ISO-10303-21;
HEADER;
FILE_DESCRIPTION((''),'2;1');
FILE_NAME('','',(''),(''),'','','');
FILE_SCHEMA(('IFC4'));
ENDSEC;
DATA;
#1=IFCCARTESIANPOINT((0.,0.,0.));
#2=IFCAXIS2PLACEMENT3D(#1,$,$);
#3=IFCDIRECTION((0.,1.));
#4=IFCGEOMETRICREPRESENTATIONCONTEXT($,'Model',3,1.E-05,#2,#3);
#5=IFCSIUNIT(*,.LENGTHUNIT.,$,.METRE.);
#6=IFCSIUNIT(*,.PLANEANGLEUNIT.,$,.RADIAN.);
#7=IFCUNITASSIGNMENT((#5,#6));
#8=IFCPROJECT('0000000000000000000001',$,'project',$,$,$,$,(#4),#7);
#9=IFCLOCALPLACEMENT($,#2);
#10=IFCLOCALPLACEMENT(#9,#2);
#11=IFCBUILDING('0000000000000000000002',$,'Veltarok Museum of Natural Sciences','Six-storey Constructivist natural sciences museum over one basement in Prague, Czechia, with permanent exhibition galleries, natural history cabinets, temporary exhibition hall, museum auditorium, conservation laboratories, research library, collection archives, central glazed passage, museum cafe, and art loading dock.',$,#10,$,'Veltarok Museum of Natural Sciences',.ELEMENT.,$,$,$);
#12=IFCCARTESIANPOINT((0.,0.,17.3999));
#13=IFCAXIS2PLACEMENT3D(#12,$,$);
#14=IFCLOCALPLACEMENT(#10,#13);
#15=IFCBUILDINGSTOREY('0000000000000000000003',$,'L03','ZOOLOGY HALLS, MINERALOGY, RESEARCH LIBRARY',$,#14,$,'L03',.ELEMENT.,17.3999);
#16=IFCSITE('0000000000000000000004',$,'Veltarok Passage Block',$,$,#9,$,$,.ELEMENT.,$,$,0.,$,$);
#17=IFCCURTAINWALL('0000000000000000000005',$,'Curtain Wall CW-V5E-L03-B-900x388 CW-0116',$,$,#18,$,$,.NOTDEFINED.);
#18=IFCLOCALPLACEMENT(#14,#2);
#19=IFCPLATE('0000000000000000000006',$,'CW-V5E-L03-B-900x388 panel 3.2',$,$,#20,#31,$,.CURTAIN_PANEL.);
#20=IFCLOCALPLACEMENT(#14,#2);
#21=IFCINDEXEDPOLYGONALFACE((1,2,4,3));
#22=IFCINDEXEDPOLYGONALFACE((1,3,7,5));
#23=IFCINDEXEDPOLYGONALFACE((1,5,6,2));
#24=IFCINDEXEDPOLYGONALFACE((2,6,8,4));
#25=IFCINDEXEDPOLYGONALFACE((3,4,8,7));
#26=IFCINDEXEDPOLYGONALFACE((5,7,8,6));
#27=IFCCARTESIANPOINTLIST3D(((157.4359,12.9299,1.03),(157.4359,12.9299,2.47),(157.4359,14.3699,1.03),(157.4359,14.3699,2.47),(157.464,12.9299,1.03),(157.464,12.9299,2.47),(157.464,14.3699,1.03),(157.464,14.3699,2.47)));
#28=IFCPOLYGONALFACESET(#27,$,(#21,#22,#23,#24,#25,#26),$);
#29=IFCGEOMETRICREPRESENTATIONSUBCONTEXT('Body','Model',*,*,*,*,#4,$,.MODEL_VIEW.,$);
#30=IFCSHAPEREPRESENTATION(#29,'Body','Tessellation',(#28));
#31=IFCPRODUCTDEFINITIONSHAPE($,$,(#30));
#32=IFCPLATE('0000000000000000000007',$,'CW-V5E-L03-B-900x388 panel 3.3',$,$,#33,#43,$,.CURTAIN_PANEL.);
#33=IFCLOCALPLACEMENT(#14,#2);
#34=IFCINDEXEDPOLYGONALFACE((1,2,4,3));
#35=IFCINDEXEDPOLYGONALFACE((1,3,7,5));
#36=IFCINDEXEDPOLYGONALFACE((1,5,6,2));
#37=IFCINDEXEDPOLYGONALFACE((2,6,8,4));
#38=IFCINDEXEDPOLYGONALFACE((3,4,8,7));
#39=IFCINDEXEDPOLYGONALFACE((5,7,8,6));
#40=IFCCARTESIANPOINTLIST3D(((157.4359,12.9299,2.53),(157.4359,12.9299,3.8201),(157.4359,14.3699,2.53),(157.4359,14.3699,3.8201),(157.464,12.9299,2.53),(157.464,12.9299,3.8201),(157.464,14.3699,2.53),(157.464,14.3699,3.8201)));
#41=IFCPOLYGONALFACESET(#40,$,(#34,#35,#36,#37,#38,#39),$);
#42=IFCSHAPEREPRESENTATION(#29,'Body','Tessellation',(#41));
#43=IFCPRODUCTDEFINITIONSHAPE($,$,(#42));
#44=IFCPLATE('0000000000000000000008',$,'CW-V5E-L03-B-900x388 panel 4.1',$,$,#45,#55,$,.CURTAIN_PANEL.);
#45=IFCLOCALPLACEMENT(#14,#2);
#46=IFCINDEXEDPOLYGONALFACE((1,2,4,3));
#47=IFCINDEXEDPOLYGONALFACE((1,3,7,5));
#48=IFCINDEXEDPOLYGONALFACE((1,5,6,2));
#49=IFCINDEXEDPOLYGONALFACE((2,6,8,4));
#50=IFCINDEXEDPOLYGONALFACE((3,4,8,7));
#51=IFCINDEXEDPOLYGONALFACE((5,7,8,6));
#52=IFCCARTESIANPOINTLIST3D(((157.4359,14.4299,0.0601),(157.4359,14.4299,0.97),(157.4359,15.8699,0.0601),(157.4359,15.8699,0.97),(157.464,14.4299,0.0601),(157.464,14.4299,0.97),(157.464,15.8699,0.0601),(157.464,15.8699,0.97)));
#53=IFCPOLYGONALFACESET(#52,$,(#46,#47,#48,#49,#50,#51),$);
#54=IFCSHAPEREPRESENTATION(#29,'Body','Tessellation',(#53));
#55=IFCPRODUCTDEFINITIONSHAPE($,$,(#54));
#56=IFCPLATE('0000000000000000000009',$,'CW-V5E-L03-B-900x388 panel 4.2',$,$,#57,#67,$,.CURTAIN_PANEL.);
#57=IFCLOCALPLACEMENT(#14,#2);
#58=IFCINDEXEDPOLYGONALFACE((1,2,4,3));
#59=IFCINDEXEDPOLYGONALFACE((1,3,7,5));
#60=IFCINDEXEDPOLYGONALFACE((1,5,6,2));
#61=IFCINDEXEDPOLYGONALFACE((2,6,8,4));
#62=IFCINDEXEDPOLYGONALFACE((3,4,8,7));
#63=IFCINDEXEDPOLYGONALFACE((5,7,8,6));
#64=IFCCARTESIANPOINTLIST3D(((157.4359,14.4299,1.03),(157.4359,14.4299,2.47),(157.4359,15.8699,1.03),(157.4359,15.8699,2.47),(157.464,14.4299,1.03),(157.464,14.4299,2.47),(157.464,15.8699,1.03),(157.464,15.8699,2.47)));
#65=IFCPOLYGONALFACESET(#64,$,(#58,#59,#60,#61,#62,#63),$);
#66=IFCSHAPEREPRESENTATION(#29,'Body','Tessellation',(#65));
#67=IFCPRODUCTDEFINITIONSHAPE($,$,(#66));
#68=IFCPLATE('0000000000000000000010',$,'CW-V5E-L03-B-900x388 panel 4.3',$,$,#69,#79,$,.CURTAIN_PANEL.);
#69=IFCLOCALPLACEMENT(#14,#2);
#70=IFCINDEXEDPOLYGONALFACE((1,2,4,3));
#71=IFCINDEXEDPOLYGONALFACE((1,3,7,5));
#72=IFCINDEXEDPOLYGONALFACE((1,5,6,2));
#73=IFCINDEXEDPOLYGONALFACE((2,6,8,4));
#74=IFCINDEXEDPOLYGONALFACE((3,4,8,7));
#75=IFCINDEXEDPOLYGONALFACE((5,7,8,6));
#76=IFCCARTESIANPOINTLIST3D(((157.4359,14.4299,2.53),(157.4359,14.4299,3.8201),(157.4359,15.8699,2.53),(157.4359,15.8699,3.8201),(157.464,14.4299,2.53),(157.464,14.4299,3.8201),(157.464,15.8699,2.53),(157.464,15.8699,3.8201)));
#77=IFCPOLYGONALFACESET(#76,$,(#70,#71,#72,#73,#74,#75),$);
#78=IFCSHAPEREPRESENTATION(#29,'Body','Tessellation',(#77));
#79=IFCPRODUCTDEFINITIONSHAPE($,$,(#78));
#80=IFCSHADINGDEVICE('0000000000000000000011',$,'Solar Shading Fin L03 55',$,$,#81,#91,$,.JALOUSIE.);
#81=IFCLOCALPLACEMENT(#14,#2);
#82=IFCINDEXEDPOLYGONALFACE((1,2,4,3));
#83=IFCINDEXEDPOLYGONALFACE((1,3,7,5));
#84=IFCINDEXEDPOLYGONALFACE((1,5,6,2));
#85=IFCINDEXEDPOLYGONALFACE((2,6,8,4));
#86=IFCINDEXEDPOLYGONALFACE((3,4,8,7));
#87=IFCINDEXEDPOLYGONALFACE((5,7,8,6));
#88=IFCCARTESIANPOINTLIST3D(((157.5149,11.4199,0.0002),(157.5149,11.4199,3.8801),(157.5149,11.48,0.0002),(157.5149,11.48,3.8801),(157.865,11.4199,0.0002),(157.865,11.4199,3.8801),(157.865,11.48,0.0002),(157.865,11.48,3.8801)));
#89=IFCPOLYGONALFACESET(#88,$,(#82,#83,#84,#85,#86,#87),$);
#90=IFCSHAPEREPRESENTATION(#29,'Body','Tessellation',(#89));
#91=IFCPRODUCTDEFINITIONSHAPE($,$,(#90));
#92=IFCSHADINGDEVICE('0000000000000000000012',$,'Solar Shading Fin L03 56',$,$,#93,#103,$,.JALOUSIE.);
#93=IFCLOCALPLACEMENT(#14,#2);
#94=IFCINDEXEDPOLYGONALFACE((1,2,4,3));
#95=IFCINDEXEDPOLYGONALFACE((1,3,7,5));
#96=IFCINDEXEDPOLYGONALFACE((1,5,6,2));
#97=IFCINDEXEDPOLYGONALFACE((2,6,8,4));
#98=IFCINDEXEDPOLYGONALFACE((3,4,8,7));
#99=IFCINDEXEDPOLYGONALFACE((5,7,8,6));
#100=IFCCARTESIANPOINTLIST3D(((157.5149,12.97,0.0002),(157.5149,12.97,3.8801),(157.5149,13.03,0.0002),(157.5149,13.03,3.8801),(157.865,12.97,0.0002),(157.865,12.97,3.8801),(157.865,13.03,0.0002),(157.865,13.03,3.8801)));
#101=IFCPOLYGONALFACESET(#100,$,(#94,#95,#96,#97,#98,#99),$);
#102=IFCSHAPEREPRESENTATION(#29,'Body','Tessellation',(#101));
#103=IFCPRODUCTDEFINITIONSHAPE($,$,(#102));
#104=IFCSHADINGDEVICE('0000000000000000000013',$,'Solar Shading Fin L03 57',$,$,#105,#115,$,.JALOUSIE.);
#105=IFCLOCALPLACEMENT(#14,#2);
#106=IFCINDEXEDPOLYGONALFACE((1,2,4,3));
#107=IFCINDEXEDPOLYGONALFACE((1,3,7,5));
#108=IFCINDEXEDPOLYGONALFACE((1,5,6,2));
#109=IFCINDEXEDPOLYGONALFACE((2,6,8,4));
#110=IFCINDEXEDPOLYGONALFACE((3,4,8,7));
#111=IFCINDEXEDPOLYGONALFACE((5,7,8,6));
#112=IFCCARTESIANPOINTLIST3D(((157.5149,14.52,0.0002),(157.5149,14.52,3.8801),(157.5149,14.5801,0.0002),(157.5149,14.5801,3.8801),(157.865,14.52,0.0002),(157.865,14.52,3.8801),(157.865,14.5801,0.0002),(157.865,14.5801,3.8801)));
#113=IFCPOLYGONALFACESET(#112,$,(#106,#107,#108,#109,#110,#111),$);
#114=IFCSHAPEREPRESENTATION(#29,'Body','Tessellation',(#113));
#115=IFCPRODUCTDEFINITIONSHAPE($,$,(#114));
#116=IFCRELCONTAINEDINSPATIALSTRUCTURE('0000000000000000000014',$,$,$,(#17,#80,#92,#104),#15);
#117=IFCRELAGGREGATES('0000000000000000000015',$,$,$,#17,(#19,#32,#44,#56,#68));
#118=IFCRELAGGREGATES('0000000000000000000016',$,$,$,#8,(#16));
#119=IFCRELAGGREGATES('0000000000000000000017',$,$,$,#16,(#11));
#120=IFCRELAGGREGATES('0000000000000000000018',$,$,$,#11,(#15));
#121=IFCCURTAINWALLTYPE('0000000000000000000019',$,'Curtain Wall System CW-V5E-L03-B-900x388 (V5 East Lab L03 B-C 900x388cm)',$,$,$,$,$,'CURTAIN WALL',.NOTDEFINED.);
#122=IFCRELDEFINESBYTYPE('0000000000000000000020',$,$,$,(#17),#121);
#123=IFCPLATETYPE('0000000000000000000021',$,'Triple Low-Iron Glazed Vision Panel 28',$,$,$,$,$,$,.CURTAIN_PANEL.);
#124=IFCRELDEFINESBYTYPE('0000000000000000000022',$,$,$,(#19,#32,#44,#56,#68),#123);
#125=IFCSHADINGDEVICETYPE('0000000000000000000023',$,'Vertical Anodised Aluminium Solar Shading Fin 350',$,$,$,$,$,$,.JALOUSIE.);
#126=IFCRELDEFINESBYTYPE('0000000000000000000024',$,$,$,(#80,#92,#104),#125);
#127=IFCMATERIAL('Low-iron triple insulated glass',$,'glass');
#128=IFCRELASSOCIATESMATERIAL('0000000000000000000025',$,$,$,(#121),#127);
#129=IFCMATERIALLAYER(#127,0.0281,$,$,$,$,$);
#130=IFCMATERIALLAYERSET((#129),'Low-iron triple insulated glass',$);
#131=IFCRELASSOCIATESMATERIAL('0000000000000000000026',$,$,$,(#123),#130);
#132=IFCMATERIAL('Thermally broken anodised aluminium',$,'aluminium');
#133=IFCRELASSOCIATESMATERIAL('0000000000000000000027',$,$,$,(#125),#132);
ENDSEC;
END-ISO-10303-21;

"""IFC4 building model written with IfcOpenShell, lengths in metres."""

from ifc_helpers import new_model, si_unit, direction, frame, origin, origin_2d, place, context, subcontext, project, spatial, rectangle, extrude, material, layer, layer_set, type_object, element, aggregate, save


model = new_model("IFC4")

# Units and contexts
model_context = context("Model", 3, precision=1e-05, world=origin(), true_north=direction((0.0, 1.0)))
body_context = subcontext(model_context, "Body", "Model", "MODEL_VIEW")
ifc_project = project(units=[si_unit("LENGTHUNIT", "METRE"), si_unit("PLANEANGLEUNIT", "RADIAN")], contexts=[model_context])

# Site, building, storey
site_placement = place(None, origin())
site = spatial("IfcSite", under=ifc_project, at=site_placement, Name="Veltarok Passage Block", CompositionType="ELEMENT", RefElevation=0.0)
building_placement = place(site_placement, origin())
building = spatial("IfcBuilding", under=site, at=building_placement, Name="Veltarok Museum of Natural Sciences", Description="Six-storey Constructivist natural sciences museum over one basement in Prague, Czechia, with permanent exhibition galleries, natural history cabinets, temporary exhibition hall, museum auditorium, conservation laboratories, research library, collection archives, central glazed passage, museum cafe, and art loading dock.", LongName="Veltarok Museum of Natural Sciences", CompositionType="ELEMENT")
storey_placement = place(building_placement, frame((0.0, 0.0, 17.3999)))
storey = spatial("IfcBuildingStorey", under=building, at=storey_placement, Name="L03", Description="ZOOLOGY HALLS, MINERALOGY, RESEARCH LIBRARY", LongName="L03", CompositionType="ELEMENT", Elevation=17.3999)

# Curtain wall, plates
ifc_material_1 = material(Name="Low-iron triple insulated glass", Category="glass")
curtain_wall_type = type_object("IfcCurtainWallType", Name="Curtain Wall System CW-V5E-L03-B-900x388 (V5 East Lab L03 B-C 900x388cm)", ElementType="CURTAIN WALL", PredefinedType="NOTDEFINED", material=ifc_material_1)
curtain_wall_placement = place(storey_placement, origin())
curtain_wall = element("IfcCurtainWall", 1, at=curtain_wall_placement, inside=storey, type_object=curtain_wall_type, Name="Curtain Wall CW-V5E-L03-B-900x388 CW-0116", PredefinedType="NOTDEFINED")
ifc_material_2 = material(Name="Thermally broken anodised aluminium", Category="aluminium")
ifc_layer = layer(ifc_material_1, 0.0281)
ifc_layer_set = layer_set([ifc_layer], Name="Low-iron triple insulated glass")
plate_type = type_object("IfcPlateType", Name="Triple Low-Iron Glazed Vision Panel 28", PredefinedType="CURTAIN_PANEL", material=ifc_layer_set)
plate_1_placement = place(storey_placement, frame((157.45, 13.6499, 1.03), z_axis=(0.0, 0.0, 1.0), x_axis=(0.0, 1.0, 0.0)))
plate_1 = element("IfcPlate", 2, at=plate_1_placement, type_object=plate_type, Name="CW-V5E-L03-B-900x388 panel 3.2", PredefinedType="CURTAIN_PANEL", context=body_context, shape_type="SweptSolid", body=[
    extrude(rectangle(XDim=1.4399, YDim=0.0281, at=origin_2d()), origin(), (0.0, 0.0, 1.0), 1.4399),
])
plate_2_placement = place(storey_placement, frame((157.45, 13.6499, 2.53), z_axis=(0.0, 0.0, 1.0), x_axis=(0.0, 1.0, 0.0)))
plate_2 = element("IfcPlate", 3, at=plate_2_placement, type_object=plate_type, Name="CW-V5E-L03-B-900x388 panel 3.3", PredefinedType="CURTAIN_PANEL", context=body_context, shape_type="SweptSolid", body=[
    extrude(rectangle(XDim=1.4399, YDim=0.0281, at=origin_2d()), origin(), (0.0, 0.0, 1.0), 1.29),
])
plate_3_placement = place(storey_placement, frame((157.45, 15.1499, 0.0601), z_axis=(0.0, 0.0, 1.0), x_axis=(0.0, 1.0, 0.0)))
plate_3 = element("IfcPlate", 4, at=plate_3_placement, type_object=plate_type, Name="CW-V5E-L03-B-900x388 panel 4.1", PredefinedType="CURTAIN_PANEL", context=body_context, shape_type="SweptSolid", body=[
    extrude(rectangle(XDim=1.4399, YDim=0.0281, at=origin_2d()), origin(), (0.0, 0.0, 1.0), 0.9099),
])
plate_4_placement = place(storey_placement, frame((157.45, 15.1499, 1.03), z_axis=(0.0, 0.0, 1.0), x_axis=(0.0, 1.0, 0.0)))
plate_4 = element("IfcPlate", 5, at=plate_4_placement, type_object=plate_type, Name="CW-V5E-L03-B-900x388 panel 4.2", PredefinedType="CURTAIN_PANEL", context=body_context, shape_type="SweptSolid", body=[
    extrude(rectangle(XDim=1.4399, YDim=0.0281, at=origin_2d()), origin(), (0.0, 0.0, 1.0), 1.4399),
])
plate_5_placement = place(storey_placement, frame((157.45, 15.1499, 2.53), z_axis=(0.0, 0.0, 1.0), x_axis=(0.0, 1.0, 0.0)))
plate_5 = element("IfcPlate", 6, at=plate_5_placement, type_object=plate_type, Name="CW-V5E-L03-B-900x388 panel 4.3", PredefinedType="CURTAIN_PANEL", context=body_context, shape_type="SweptSolid", body=[
    extrude(rectangle(XDim=1.4399, YDim=0.0281, at=origin_2d()), origin(), (0.0, 0.0, 1.0), 1.29),
])
aggregate(curtain_wall, [plate_1, plate_2, plate_3, plate_4, plate_5])

# Shading devices
shading_device_type = type_object("IfcShadingDeviceType", Name="Vertical Anodised Aluminium Solar Shading Fin 350", PredefinedType="JALOUSIE", material=ifc_material_2)
for number, where, z_axis, x_axis, name in (
    (7, (157.6899, 11.45, 0.0002), (0.0, 0.0, 1.0), (1.0, 0.0, 0.0), "Solar Shading Fin L03 55"),
    (8, (157.6899, 13.0, 0.0002), (0.0, 0.0, 1.0), (1.0, 0.0, 0.0), "Solar Shading Fin L03 56"),
    (9, (157.6899, 14.55, 0.0002), (0.0, 0.0, 1.0), (1.0, 0.0, 0.0), "Solar Shading Fin L03 57"),
):
    element("IfcShadingDevice", number, at=place(storey_placement, frame(where, z_axis=z_axis, x_axis=x_axis)), inside=storey, type_object=shading_device_type, Name=name, PredefinedType="JALOUSIE", context=body_context, shape_type="SweptSolid", body=[
        extrude(rectangle(XDim=0.3501, YDim=0.0601, at=origin_2d()), origin(), (0.0, 0.0, 1.0), 3.8799),
    ])

save(model, "model.ifc")
